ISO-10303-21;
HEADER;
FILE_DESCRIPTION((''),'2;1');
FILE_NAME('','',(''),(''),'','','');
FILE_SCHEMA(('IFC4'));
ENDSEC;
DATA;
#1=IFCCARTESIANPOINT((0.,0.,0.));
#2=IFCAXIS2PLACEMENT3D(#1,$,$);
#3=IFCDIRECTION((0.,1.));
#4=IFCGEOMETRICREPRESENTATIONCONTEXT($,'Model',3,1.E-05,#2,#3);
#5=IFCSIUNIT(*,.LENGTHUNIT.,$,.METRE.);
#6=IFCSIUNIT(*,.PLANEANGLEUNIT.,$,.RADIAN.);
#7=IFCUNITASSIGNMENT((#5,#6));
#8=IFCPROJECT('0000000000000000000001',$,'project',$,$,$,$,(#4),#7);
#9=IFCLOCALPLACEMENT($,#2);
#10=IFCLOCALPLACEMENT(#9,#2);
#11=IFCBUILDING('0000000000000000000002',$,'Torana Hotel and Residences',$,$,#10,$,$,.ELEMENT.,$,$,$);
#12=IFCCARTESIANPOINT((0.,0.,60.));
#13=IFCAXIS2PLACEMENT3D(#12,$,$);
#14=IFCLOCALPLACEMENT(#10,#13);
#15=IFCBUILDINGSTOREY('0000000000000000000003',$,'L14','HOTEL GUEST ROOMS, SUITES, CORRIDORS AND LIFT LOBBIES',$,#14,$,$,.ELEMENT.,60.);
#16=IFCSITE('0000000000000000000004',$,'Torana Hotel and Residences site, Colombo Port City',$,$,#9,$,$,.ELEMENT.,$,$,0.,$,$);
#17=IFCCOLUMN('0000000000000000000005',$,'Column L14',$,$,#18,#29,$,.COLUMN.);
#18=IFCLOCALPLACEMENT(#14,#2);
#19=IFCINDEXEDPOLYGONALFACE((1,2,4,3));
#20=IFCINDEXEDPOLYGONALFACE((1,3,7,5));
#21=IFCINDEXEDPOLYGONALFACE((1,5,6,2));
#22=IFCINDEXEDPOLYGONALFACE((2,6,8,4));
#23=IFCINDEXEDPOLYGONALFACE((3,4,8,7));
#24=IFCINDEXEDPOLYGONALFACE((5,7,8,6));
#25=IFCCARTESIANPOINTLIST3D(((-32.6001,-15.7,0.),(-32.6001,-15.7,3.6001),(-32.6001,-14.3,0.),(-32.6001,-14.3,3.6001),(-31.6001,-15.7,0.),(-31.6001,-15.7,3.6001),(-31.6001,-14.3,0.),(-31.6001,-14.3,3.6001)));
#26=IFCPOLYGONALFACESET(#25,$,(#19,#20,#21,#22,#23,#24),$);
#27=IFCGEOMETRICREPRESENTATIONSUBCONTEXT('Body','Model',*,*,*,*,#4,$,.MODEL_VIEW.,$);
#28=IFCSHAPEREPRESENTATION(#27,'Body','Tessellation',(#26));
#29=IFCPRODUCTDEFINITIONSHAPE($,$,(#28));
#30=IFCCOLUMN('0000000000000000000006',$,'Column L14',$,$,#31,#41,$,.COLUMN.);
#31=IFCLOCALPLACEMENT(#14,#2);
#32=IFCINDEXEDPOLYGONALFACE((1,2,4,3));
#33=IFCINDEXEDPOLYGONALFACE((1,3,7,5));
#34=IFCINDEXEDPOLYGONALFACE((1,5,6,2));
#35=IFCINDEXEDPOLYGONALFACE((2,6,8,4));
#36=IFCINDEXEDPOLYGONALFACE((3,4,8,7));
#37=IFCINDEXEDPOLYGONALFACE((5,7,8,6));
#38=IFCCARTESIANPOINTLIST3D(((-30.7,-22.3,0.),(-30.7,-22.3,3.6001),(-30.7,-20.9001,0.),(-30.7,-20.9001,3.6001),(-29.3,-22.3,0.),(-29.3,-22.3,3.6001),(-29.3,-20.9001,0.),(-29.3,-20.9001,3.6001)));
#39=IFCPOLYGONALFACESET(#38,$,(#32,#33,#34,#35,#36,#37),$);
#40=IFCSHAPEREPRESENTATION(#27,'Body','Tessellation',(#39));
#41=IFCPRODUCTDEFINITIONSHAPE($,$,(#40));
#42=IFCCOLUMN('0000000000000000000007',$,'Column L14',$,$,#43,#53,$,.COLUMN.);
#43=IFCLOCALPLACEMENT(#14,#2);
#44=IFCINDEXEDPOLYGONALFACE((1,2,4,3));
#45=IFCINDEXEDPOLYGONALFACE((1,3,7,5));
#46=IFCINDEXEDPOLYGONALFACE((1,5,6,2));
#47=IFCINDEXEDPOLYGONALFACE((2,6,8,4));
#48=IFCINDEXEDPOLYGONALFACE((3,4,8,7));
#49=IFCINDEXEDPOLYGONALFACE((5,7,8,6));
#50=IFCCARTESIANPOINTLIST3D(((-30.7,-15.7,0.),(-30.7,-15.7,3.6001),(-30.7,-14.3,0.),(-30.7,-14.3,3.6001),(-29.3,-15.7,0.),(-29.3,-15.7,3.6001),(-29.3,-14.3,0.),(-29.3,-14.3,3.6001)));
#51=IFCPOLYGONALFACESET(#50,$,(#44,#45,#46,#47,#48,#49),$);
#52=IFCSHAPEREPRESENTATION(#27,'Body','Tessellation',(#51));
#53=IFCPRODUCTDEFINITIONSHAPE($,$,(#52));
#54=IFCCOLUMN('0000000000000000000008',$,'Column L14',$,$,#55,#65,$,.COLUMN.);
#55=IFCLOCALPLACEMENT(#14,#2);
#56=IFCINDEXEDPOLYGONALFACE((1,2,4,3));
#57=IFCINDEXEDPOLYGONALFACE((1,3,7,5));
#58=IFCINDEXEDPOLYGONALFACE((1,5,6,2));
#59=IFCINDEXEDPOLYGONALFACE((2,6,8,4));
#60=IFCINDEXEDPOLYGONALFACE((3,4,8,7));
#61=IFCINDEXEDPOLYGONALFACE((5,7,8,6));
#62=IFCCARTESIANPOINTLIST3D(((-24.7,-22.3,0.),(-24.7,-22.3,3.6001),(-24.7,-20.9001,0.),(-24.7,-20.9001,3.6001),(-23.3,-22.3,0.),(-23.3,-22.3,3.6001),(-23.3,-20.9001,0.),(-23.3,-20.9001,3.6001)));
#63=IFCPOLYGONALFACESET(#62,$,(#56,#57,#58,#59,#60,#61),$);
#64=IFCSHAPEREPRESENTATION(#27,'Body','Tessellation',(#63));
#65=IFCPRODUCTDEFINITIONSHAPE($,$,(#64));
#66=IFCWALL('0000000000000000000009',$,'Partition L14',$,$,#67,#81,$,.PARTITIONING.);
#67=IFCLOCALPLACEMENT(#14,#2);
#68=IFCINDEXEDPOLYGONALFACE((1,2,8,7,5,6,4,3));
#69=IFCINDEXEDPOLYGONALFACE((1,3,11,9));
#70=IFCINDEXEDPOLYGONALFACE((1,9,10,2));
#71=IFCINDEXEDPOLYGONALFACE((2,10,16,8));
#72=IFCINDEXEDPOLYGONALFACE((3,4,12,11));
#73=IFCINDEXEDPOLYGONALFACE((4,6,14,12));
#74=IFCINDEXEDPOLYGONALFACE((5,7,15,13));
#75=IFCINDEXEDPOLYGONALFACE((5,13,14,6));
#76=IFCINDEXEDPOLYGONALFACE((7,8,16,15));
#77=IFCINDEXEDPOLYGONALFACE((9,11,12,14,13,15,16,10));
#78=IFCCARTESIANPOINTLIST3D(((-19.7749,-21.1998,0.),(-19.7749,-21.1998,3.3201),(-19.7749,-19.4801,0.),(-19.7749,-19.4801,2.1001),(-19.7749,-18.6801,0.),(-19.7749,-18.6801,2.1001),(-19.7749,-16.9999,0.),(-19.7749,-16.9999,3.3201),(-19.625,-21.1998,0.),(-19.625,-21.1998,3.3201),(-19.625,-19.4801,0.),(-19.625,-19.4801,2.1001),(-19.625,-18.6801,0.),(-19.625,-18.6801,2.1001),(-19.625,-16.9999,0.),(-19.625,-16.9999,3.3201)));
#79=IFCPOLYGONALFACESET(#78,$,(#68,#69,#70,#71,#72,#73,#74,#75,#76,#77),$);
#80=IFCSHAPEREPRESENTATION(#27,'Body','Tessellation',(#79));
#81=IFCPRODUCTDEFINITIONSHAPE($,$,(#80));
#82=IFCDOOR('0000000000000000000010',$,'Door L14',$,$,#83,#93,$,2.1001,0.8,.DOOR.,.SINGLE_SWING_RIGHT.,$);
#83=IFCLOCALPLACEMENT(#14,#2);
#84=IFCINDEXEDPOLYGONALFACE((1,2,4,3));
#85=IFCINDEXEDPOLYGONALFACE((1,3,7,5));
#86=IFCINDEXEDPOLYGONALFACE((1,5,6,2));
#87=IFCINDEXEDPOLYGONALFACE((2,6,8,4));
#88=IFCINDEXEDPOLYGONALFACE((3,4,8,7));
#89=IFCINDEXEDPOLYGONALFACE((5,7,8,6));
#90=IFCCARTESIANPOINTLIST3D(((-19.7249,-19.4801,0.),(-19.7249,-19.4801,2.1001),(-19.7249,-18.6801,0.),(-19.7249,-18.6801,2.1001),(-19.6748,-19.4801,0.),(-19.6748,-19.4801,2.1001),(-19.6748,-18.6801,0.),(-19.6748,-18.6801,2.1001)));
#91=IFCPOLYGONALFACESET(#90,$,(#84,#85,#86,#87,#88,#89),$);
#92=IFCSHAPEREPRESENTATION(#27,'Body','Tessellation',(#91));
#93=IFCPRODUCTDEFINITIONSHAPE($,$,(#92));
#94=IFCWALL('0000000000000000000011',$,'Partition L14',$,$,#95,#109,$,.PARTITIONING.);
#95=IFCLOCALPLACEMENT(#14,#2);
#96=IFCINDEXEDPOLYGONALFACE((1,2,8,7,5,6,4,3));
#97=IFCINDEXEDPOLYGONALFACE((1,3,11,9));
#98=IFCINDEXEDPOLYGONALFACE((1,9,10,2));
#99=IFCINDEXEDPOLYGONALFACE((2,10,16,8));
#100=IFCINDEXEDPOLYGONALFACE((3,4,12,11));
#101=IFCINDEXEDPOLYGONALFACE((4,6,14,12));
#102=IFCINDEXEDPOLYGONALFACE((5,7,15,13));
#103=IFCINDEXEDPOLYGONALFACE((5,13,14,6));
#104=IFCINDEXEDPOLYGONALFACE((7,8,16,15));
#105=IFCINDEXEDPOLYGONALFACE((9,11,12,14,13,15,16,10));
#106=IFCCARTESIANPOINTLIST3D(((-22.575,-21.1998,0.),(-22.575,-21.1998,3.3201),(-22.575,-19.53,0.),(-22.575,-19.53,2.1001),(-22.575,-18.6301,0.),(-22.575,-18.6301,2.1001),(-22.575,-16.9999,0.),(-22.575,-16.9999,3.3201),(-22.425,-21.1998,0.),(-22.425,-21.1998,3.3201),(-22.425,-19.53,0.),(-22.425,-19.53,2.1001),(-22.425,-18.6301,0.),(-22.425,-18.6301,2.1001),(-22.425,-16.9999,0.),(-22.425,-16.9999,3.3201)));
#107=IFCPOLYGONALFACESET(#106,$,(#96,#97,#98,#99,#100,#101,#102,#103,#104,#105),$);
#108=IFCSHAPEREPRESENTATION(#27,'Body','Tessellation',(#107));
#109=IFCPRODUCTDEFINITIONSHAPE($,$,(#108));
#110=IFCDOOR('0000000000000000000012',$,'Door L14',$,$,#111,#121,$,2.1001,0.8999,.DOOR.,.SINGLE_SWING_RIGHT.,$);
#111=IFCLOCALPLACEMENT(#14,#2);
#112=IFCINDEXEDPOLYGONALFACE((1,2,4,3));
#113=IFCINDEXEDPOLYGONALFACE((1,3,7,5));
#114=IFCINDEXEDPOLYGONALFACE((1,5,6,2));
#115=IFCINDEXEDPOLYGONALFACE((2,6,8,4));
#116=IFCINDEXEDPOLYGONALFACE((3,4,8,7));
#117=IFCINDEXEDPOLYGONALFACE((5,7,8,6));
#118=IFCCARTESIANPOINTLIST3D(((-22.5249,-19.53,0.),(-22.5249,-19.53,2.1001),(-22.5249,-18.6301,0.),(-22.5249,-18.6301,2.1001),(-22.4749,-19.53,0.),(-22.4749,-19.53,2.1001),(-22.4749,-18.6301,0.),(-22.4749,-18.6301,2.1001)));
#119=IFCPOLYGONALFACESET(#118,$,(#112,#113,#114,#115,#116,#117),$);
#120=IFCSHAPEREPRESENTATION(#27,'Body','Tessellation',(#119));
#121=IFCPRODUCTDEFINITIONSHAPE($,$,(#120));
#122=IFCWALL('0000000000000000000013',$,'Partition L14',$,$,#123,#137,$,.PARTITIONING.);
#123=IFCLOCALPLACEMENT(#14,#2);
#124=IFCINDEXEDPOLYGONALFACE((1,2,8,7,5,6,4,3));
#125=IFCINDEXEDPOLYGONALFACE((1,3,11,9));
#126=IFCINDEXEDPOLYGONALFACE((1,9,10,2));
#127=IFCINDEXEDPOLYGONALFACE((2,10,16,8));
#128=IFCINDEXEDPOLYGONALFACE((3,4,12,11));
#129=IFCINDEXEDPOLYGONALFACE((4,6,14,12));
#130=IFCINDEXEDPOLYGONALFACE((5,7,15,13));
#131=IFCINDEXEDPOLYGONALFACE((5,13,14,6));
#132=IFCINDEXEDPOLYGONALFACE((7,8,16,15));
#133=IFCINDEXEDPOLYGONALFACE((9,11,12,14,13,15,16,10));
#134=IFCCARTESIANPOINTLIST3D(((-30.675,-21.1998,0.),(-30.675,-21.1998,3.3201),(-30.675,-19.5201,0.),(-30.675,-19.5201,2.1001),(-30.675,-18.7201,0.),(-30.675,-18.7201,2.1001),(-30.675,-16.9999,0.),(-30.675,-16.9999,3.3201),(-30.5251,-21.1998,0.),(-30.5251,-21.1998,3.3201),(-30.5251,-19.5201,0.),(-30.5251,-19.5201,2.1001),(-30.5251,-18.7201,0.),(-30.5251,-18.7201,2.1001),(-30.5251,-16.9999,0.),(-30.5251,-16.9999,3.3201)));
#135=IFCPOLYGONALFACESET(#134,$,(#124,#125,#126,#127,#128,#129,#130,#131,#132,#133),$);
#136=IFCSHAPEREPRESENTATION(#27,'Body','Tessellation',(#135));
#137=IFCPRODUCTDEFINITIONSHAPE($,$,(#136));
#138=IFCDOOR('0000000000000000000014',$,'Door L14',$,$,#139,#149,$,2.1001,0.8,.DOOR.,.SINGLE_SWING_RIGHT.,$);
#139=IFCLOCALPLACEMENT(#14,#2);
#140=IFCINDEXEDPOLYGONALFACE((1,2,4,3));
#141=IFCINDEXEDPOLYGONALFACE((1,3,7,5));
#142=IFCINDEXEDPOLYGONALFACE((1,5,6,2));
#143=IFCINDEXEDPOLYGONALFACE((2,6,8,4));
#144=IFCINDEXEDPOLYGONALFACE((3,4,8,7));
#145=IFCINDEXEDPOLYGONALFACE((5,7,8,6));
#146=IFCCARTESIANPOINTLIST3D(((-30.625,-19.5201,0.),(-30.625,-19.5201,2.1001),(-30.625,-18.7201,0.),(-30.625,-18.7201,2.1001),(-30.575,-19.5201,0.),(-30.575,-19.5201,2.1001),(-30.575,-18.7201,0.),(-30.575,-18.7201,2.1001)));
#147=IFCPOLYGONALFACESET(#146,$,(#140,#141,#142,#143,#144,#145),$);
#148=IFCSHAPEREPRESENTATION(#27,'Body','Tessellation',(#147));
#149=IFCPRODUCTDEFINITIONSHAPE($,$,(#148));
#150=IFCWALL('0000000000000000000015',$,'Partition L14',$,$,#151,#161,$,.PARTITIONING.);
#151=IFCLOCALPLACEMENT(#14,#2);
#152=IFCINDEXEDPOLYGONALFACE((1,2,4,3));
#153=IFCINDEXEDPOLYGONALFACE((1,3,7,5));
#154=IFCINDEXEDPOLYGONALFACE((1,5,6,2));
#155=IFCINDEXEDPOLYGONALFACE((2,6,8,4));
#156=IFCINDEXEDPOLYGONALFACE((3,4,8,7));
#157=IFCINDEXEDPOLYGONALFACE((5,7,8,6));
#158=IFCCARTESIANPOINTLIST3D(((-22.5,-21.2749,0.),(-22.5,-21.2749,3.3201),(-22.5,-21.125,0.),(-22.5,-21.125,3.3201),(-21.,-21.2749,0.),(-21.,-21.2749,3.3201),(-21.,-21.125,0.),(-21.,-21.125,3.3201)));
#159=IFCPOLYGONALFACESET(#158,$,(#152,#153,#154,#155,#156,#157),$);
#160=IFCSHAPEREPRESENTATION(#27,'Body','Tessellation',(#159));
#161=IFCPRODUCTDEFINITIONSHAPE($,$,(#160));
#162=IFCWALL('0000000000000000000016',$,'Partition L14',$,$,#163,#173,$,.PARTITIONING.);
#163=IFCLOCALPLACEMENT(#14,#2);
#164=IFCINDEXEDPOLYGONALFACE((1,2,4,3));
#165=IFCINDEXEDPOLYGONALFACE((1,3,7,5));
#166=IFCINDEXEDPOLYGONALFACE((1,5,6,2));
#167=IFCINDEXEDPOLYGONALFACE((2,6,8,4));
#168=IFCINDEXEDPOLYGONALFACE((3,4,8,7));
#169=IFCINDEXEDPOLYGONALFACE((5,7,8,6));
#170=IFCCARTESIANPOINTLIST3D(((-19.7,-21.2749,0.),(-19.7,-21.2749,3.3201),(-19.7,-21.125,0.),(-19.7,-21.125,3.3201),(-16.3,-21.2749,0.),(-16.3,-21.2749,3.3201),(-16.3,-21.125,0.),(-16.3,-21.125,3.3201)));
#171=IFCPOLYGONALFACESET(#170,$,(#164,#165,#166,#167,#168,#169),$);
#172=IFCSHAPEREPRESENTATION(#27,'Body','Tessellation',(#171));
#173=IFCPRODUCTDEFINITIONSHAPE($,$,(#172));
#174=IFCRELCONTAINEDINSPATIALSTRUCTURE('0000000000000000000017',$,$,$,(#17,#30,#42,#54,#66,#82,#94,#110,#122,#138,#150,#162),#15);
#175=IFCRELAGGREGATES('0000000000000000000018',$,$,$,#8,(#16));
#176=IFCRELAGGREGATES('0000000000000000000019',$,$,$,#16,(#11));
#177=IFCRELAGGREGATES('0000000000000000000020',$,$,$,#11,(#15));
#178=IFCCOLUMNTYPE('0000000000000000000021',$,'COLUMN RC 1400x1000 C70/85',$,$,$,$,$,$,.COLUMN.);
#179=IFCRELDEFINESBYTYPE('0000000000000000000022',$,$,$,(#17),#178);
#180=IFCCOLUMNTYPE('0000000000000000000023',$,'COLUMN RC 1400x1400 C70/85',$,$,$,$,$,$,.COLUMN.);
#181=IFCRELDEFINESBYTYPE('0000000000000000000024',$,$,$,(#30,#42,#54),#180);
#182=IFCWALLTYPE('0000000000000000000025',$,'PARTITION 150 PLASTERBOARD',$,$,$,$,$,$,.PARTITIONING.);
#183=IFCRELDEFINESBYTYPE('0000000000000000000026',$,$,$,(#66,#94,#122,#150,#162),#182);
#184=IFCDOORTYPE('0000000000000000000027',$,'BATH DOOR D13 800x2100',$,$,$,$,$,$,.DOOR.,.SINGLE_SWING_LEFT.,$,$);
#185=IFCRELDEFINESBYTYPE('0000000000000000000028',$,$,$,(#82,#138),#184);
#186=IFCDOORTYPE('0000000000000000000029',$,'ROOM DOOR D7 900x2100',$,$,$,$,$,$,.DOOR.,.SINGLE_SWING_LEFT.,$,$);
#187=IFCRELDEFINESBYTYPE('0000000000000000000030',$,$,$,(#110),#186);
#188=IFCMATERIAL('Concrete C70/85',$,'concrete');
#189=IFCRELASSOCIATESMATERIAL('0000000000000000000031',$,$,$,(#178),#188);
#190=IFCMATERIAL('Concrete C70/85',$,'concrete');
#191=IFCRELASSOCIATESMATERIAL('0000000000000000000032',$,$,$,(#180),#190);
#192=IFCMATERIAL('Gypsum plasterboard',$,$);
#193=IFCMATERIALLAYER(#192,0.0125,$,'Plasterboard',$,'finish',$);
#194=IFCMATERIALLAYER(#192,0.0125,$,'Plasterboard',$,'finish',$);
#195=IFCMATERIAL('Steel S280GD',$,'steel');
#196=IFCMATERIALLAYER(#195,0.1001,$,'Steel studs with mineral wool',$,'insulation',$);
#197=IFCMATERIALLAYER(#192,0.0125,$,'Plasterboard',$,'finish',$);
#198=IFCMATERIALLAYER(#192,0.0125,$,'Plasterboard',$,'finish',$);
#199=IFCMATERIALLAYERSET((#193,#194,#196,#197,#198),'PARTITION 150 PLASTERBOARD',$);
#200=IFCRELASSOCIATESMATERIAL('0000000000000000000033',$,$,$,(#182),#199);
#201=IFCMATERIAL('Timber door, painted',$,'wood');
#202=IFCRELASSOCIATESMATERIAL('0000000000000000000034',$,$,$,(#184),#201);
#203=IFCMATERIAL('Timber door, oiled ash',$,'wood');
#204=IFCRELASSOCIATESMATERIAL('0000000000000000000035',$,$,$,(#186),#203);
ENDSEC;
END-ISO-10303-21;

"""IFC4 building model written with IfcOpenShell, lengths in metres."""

from ifc_helpers import new_model, si_unit, direction, frame, frame_2d, origin, origin_2d, place, context, subcontext, project, spatial, rectangle, extrude, material, layer, layer_set, material_profile, profile_set, type_object, element, fill, save


model = new_model("IFC4")

# Units and contexts
model_context = context("Model", 3, precision=1e-05, world=origin(), true_north=direction((0.0, 1.0)))
body_context = subcontext(model_context, "Body", "Model", "MODEL_VIEW")
ifc_project = project(units=[si_unit("LENGTHUNIT", "METRE"), si_unit("PLANEANGLEUNIT", "RADIAN")], contexts=[model_context])

# Site, building, storey
site_placement = place(None, origin())
site = spatial("IfcSite", under=ifc_project, at=site_placement, Name="Torana Hotel and Residences site, Colombo Port City", CompositionType="ELEMENT", RefElevation=0.0)
building_placement = place(site_placement, origin())
building = spatial("IfcBuilding", under=site, at=building_placement, Name="Torana Hotel and Residences", CompositionType="ELEMENT")
storey_placement = place(building_placement, frame((0.0, 0.0, 60.0)))
storey = spatial("IfcBuildingStorey", under=building, at=storey_placement, Name="L14", Description="HOTEL GUEST ROOMS, SUITES, CORRIDORS AND LIFT LOBBIES", CompositionType="ELEMENT", Elevation=60.0)

# Columns
ifc_material_1 = material(Name="Concrete C70/85", Category="concrete")
ifc_material_profile_1 = material_profile(ifc_material_1, rectangle(XDim=1.3999, YDim=1.0, at=origin_2d()), Name="RC 1400x1000")
ifc_profile_set_1 = profile_set([ifc_material_profile_1], Name="Concrete C70/85")
column_type_1 = type_object("IfcColumnType", Name="COLUMN RC 1400x1000 C70/85", PredefinedType="COLUMN", material=ifc_profile_set_1)
column_placement = place(storey_placement, frame((-32.1001, -15.0, 0.0), z_axis=(0.0, 0.0, 1.0), x_axis=(0.0, 1.0, 0.0)))
element("IfcColumn", 1, at=column_placement, inside=storey, type_object=column_type_1, Name="Column L14", PredefinedType="COLUMN", context=body_context, shape_type="SweptSolid", body=[
    extrude(rectangle(XDim=1.3999, YDim=1.0, at=origin_2d()), origin(), (0.0, 0.0, 1.0), 3.6001),
])
ifc_material_2 = material(Name="Concrete C70/85", Category="concrete")
ifc_material_profile_2 = material_profile(ifc_material_2, rectangle(XDim=1.3999, YDim=1.3999, at=origin_2d()), Name="RC 1400x1400")
ifc_profile_set_2 = profile_set([ifc_material_profile_2], Name="Concrete C70/85")
column_type_2 = type_object("IfcColumnType", Name="COLUMN RC 1400x1400 C70/85", PredefinedType="COLUMN", material=ifc_profile_set_2)
for number, where, z_axis, x_axis, name in (
    (2, (-30.0, -21.6001, 0.0), (0.0, 0.0, 1.0), (1.0, 0.0, 0.0), "Column L14"),
    (3, (-30.0, -15.0, 0.0), (0.0, 0.0, 1.0), (1.0, 0.0, 0.0), "Column L14"),
    (4, (-24.0, -21.6001, 0.0), (0.0, 0.0, 1.0), (1.0, 0.0, 0.0), "Column L14"),
):
    element("IfcColumn", number, at=place(storey_placement, frame(where, z_axis=z_axis, x_axis=x_axis)), inside=storey, type_object=column_type_2, Name=name, PredefinedType="COLUMN", context=body_context, shape_type="SweptSolid", body=[
        extrude(rectangle(XDim=1.3999, YDim=1.3999, at=origin_2d()), origin(), (0.0, 0.0, 1.0), 3.6001),
    ])

# Walls, openings, doors
ifc_material_3 = material(Name="Gypsum plasterboard")
ifc_layer_1 = layer(ifc_material_3, 0.0125, Name="Plasterboard", Category="finish")
ifc_layer_2 = layer(ifc_material_3, 0.0125, Name="Plasterboard", Category="finish")
ifc_material_4 = material(Name="Steel S280GD", Category="steel")
ifc_layer_3 = layer(ifc_material_4, 0.1001, Name="Steel studs with mineral wool", Category="insulation")
ifc_layer_4 = layer(ifc_material_3, 0.0125, Name="Plasterboard", Category="finish")
ifc_layer_5 = layer(ifc_material_3, 0.0125, Name="Plasterboard", Category="finish")
ifc_layer_set = layer_set([ifc_layer_1, ifc_layer_2, ifc_layer_3, ifc_layer_4, ifc_layer_5], Name="PARTITION 150 PLASTERBOARD")
wall_type = type_object("IfcWallType", Name="PARTITION 150 PLASTERBOARD", PredefinedType="PARTITIONING", material=ifc_layer_set)
wall_1_placement = place(storey_placement, frame((-19.7, -21.2, 0.0), z_axis=(0.0, 0.0, 1.0), x_axis=(0.0, 1.0, 0.0)))
wall_1 = element("IfcWall", 5, at=wall_1_placement, inside=storey, type_object=wall_type, Name="Partition L14", PredefinedType="PARTITIONING", context=body_context, shape_type="SweptSolid", body=[
    extrude(rectangle(XDim=4.2, YDim=0.1499, at=frame_2d((2.1001, 0.0))), origin(), (0.0, 0.0, 1.0), 3.3201),
])
opening_1_placement = place(wall_1_placement, frame((1.72, 0.0, 0.0)))
opening_1 = element("IfcOpeningElement", 6, at=opening_1_placement, cuts=wall_1, PredefinedType="OPENING", context=body_context, shape_type="SweptSolid", body=[
    extrude(rectangle(XDim=0.8, YDim=2.1001, at=frame_2d((0.3999, 1.05))), frame((0.0, 0.085, 0.0), z_axis=(0.0, -1.0, 0.0), x_axis=(1.0, 0.0, 0.0)), (0.0, 0.0, 1.0), 0.1699),
])
ifc_material_5 = material(Name="Timber door, painted", Category="wood")
door_type_1 = type_object("IfcDoorType", Name="BATH DOOR D13 800x2100", OperationType="SINGLE_SWING_LEFT", PredefinedType="DOOR", material=ifc_material_5)
door_1_placement = place(opening_1_placement, origin())
door_1 = element("IfcDoor", 7, at=door_1_placement, inside=storey, type_object=door_type_1, Name="Door L14", OperationType="SINGLE_SWING_RIGHT", OverallHeight=2.1001, OverallWidth=0.8, PredefinedType="DOOR", context=body_context, shape_type="SweptSolid", body=[
    extrude(rectangle(XDim=0.8, YDim=2.1001, at=frame_2d((0.3999, 1.05))), frame((0.0, 0.0249, 0.0), z_axis=(0.0, -1.0, 0.0), x_axis=(1.0, 0.0, 0.0)), (0.0, 0.0, 1.0), 0.05),
])
fill(opening_1, door_1)
wall_2_placement = place(storey_placement, frame((-22.5, -21.2, 0.0), z_axis=(0.0, 0.0, 1.0), x_axis=(0.0, 1.0, 0.0)))
wall_2 = element("IfcWall", 8, at=wall_2_placement, inside=storey, type_object=wall_type, Name="Partition L14", PredefinedType="PARTITIONING", context=body_context, shape_type="SweptSolid", body=[
    extrude(rectangle(XDim=4.2, YDim=0.1499, at=frame_2d((2.1001, 0.0))), origin(), (0.0, 0.0, 1.0), 3.3201),
])
opening_2_placement = place(wall_2_placement, frame((1.6699, 0.0, 0.0)))
opening_2 = element("IfcOpeningElement", 9, at=opening_2_placement, cuts=wall_2, PredefinedType="OPENING", context=body_context, shape_type="SweptSolid", body=[
    extrude(rectangle(XDim=0.8999, YDim=2.1001, at=frame_2d((0.45, 1.05))), frame((0.0, 0.085, 0.0), z_axis=(0.0, -1.0, 0.0), x_axis=(1.0, 0.0, 0.0)), (0.0, 0.0, 1.0), 0.1699),
])
ifc_material_6 = material(Name="Timber door, oiled ash", Category="wood")
door_type_2 = type_object("IfcDoorType", Name="ROOM DOOR D7 900x2100", OperationType="SINGLE_SWING_LEFT", PredefinedType="DOOR", material=ifc_material_6)
door_2_placement = place(opening_2_placement, origin())
door_2 = element("IfcDoor", 10, at=door_2_placement, inside=storey, type_object=door_type_2, Name="Door L14", OperationType="SINGLE_SWING_RIGHT", OverallHeight=2.1001, OverallWidth=0.8999, PredefinedType="DOOR", context=body_context, shape_type="SweptSolid", body=[
    extrude(rectangle(XDim=0.8999, YDim=2.1001, at=frame_2d((0.45, 1.05))), frame((0.0, 0.0249, 0.0), z_axis=(0.0, -1.0, 0.0), x_axis=(1.0, 0.0, 0.0)), (0.0, 0.0, 1.0), 0.05),
])
fill(opening_2, door_2)
wall_3_placement = place(storey_placement, frame((-30.6001, -21.2, 0.0), z_axis=(0.0, 0.0, 1.0), x_axis=(0.0, 1.0, 0.0)))
wall_3 = element("IfcWall", 11, at=wall_3_placement, inside=storey, type_object=wall_type, Name="Partition L14", PredefinedType="PARTITIONING", context=body_context, shape_type="SweptSolid", body=[
    extrude(rectangle(XDim=4.2, YDim=0.1499, at=frame_2d((2.1001, 0.0))), origin(), (0.0, 0.0, 1.0), 3.3201),
])
opening_3_placement = place(wall_3_placement, frame((1.6799, 0.0, 0.0)))
opening_3 = element("IfcOpeningElement", 12, at=opening_3_placement, cuts=wall_3, PredefinedType="OPENING", context=body_context, shape_type="SweptSolid", body=[
    extrude(rectangle(XDim=0.8, YDim=2.1001, at=frame_2d((0.3999, 1.05))), frame((0.0, 0.085, 0.0), z_axis=(0.0, -1.0, 0.0), x_axis=(1.0, 0.0, 0.0)), (0.0, 0.0, 1.0), 0.1699),
])
door_3_placement = place(opening_3_placement, origin())
door_3 = element("IfcDoor", 13, at=door_3_placement, inside=storey, type_object=door_type_1, Name="Door L14", OperationType="SINGLE_SWING_RIGHT", OverallHeight=2.1001, OverallWidth=0.8, PredefinedType="DOOR", context=body_context, shape_type="SweptSolid", body=[
    extrude(rectangle(XDim=0.8, YDim=2.1001, at=frame_2d((0.3999, 1.05))), frame((0.0, 0.0249, 0.0), z_axis=(0.0, -1.0, 0.0), x_axis=(1.0, 0.0, 0.0)), (0.0, 0.0, 1.0), 0.05),
])
fill(opening_3, door_3)

# Walls
wall_4_placement = place(storey_placement, frame((-22.5, -21.2, 0.0), z_axis=(0.0, 0.0, 1.0), x_axis=(1.0, 0.0, 0.0)))
element("IfcWall", 14, at=wall_4_placement, inside=storey, type_object=wall_type, Name="Partition L14", PredefinedType="PARTITIONING", context=body_context, shape_type="SweptSolid", body=[
    extrude(rectangle(XDim=1.5, YDim=0.1499, at=frame_2d((0.75, 0.0))), origin(), (0.0, 0.0, 1.0), 3.3201),
])
wall_5_placement = place(storey_placement, frame((-19.7, -21.2, 0.0), z_axis=(0.0, 0.0, 1.0), x_axis=(1.0, 0.0, 0.0)))
element("IfcWall", 15, at=wall_5_placement, inside=storey, type_object=wall_type, Name="Partition L14", PredefinedType="PARTITIONING", context=body_context, shape_type="SweptSolid", body=[
    extrude(rectangle(XDim=3.3999, YDim=0.1499, at=frame_2d((1.7, 0.0))), origin(), (0.0, 0.0, 1.0), 3.3201),
])

save(model, "model.ifc")
